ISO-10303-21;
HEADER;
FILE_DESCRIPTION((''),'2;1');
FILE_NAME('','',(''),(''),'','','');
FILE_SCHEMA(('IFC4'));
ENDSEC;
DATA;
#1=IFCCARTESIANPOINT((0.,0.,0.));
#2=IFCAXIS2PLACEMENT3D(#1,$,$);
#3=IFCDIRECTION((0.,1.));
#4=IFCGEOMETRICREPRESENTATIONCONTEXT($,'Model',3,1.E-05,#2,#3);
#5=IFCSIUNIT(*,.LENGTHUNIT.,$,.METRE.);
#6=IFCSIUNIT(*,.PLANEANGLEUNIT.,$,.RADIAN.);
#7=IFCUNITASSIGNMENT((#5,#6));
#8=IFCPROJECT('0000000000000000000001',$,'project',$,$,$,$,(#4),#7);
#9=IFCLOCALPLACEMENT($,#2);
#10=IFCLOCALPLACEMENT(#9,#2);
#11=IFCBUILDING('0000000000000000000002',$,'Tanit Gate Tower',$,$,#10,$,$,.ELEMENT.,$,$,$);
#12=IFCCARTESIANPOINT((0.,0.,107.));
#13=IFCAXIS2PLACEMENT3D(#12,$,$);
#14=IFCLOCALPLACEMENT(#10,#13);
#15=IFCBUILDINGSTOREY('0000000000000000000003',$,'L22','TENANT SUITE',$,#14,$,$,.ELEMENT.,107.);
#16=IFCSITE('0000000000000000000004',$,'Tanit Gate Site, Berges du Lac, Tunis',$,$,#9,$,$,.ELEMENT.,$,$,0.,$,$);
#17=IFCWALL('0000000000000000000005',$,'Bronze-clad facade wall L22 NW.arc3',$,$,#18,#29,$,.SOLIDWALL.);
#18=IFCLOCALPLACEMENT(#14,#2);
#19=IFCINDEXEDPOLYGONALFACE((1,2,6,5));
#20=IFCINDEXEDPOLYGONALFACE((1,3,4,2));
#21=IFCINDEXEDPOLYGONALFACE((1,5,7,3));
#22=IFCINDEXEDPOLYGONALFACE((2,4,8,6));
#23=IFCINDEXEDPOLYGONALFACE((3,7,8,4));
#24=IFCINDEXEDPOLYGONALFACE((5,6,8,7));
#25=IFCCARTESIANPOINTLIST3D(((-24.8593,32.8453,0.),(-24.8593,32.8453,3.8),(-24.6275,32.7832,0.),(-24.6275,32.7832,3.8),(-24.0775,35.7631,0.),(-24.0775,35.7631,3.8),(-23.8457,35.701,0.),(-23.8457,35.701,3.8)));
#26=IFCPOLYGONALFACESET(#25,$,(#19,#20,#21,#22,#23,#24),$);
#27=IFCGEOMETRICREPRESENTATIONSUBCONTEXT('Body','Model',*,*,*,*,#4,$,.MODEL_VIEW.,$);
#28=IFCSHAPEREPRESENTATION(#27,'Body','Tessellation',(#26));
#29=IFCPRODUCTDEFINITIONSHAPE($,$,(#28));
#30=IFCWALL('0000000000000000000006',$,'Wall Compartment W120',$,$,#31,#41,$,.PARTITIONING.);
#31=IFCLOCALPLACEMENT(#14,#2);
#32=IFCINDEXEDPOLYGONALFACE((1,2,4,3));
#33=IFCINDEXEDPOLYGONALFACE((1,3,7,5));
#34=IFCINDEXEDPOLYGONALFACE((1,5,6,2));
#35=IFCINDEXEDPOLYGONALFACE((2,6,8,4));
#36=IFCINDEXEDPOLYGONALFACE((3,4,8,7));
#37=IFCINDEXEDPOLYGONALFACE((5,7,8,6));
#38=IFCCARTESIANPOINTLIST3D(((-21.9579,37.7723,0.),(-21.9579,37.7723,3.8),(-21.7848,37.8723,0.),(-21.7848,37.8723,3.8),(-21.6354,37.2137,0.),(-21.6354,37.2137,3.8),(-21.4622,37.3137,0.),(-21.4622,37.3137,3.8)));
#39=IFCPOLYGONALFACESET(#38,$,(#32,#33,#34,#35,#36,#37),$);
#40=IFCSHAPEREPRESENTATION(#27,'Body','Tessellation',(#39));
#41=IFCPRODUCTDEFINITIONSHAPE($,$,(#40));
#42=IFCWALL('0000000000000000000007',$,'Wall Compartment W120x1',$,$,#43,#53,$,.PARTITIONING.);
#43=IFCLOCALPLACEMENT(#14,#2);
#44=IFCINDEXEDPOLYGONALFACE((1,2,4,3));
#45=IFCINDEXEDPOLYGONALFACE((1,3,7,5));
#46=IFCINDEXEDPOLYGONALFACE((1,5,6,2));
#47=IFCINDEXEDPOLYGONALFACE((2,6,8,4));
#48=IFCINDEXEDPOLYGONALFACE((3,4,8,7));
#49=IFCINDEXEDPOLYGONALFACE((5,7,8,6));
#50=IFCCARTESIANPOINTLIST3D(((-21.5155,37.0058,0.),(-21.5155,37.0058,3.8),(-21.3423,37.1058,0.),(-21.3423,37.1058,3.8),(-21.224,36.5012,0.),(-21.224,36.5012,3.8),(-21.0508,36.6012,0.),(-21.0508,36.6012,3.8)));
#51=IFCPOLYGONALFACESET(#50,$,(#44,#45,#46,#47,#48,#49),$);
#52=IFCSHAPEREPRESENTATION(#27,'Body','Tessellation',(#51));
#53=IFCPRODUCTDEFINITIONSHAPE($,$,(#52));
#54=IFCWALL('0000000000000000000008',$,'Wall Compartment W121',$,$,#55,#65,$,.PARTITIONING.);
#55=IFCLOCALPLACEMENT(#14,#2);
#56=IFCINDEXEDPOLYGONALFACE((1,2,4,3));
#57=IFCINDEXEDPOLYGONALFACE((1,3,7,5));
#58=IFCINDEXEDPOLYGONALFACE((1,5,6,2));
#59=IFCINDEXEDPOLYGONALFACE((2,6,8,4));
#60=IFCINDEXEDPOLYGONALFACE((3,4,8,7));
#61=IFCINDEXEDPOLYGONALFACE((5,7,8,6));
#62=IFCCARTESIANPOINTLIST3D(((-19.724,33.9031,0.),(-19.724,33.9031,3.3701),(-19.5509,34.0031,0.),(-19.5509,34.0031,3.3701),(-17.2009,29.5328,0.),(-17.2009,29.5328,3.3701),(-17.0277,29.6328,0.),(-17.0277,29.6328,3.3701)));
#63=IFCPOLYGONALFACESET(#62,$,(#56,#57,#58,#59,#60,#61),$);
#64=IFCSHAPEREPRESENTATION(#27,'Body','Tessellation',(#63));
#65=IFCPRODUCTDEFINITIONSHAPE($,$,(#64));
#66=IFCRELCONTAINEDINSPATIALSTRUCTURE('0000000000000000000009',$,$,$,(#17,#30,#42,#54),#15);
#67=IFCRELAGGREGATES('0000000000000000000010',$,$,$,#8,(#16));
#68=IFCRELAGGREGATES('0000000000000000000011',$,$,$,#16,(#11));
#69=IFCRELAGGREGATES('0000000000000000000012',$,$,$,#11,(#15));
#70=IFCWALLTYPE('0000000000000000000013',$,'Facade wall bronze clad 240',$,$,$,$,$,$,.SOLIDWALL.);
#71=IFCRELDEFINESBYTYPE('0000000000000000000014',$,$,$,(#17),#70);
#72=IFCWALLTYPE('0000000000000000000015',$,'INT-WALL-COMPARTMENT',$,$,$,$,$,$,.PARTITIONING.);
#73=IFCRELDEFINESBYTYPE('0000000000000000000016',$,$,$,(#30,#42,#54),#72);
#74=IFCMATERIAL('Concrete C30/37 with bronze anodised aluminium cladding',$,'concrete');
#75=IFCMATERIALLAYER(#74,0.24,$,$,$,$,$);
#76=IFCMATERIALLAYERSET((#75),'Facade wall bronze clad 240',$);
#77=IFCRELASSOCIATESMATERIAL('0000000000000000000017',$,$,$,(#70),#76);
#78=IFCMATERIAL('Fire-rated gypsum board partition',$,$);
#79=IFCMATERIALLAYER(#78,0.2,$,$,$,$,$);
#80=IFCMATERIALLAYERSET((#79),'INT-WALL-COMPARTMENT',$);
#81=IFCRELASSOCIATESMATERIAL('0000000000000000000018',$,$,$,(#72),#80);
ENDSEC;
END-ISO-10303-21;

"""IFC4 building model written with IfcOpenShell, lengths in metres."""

from ifc_helpers import new_model, si_unit, direction, frame, frame_2d, origin, place, context, subcontext, project, spatial, rectangle, extrude, material, layer, layer_set, type_object, element, save


model = new_model("IFC4")

# Units and contexts
model_context = context("Model", 3, precision=1e-05, world=origin(), true_north=direction((0.0, 1.0)))
body_context = subcontext(model_context, "Body", "Model", "MODEL_VIEW")
ifc_project = project(units=[si_unit("LENGTHUNIT", "METRE"), si_unit("PLANEANGLEUNIT", "RADIAN")], contexts=[model_context])

# Site, building, storey
site_placement = place(None, origin())
site = spatial("IfcSite", under=ifc_project, at=site_placement, Name="Tanit Gate Site, Berges du Lac, Tunis", CompositionType="ELEMENT", RefElevation=0.0)
building_placement = place(site_placement, origin())
building = spatial("IfcBuilding", under=site, at=building_placement, Name="Tanit Gate Tower", CompositionType="ELEMENT")
storey_placement = place(building_placement, frame((0.0, 0.0, 107.0)))
storey = spatial("IfcBuildingStorey", under=building, at=storey_placement, Name="L22", Description="TENANT SUITE", CompositionType="ELEMENT", Elevation=107.0)

# Walls
ifc_material_1 = material(Name="Concrete C30/37 with bronze anodised aluminium cladding", Category="concrete")
ifc_layer_1 = layer(ifc_material_1, 0.24)
ifc_layer_set_1 = layer_set([ifc_layer_1], Name="Facade wall bronze clad 240")
wall_type_1 = type_object("IfcWallType", Name="Facade wall bronze clad 240", PredefinedType="SOLIDWALL", material=ifc_layer_set_1)
wall_1_placement = place(storey_placement, frame((-23.9617, 35.7319, 0.0), z_axis=(0.0, 0.0, 1.0), x_axis=(-0.258799, -0.965931, 0.0)))
element("IfcWall", 1, at=wall_1_placement, inside=storey, type_object=wall_type_1, Name="Bronze-clad facade wall L22 NW.arc3", PredefinedType="SOLIDWALL", context=body_context, shape_type="SweptSolid", body=[
    extrude(rectangle(XDim=3.0208, YDim=0.24, at=frame_2d((1.5103, 0.0))), origin(), (0.0, 0.0, 1.0), 3.8),
])
ifc_material_2 = material(Name="Fire-rated gypsum board partition")
ifc_layer_2 = layer(ifc_material_2, 0.2)
ifc_layer_set_2 = layer_set([ifc_layer_2], Name="INT-WALL-COMPARTMENT")
wall_type_2 = type_object("IfcWallType", Name="INT-WALL-COMPARTMENT", PredefinedType="PARTITIONING", material=ifc_layer_set_2)
wall_2_placement = place(storey_placement, frame((-21.8713, 37.8223, 0.0), z_axis=(0.0, 0.0, 1.0), x_axis=(0.500006, -0.866022, 0.0)))
element("IfcWall", 2, at=wall_2_placement, inside=storey, type_object=wall_type_2, Name="Wall Compartment W120", PredefinedType="PARTITIONING", context=body_context, shape_type="SweptSolid", body=[
    extrude(rectangle(XDim=0.645, YDim=0.2, at=frame_2d((0.3225, 0.0))), origin(), (0.0, 0.0, 1.0), 3.8),
])
wall_3_placement = place(storey_placement, frame((-21.429, 37.0559, 0.0), z_axis=(0.0, 0.0, 1.0), x_axis=(0.500194, -0.865913, 0.0)))
element("IfcWall", 3, at=wall_3_placement, inside=storey, type_object=wall_type_2, Name="Wall Compartment W120x1", PredefinedType="PARTITIONING", context=body_context, shape_type="SweptSolid", body=[
    extrude(rectangle(XDim=0.5828, YDim=0.2, at=frame_2d((0.2915, 0.0))), origin(), (0.0, 0.0, 1.0), 3.8),
])
wall_4_placement = place(storey_placement, frame((-19.6375, 33.9531, 0.0), z_axis=(0.0, 0.0, 1.0), x_axis=(0.499995, -0.866028, 0.0)))
element("IfcWall", 4, at=wall_4_placement, inside=storey, type_object=wall_type_2, Name="Wall Compartment W121", PredefinedType="PARTITIONING", context=body_context, shape_type="SweptSolid", body=[
    extrude(rectangle(XDim=5.0464, YDim=0.2, at=frame_2d((2.5232, 0.0))), origin(), (0.0, 0.0, 1.0), 3.3701),
])

save(model, "model.ifc")
